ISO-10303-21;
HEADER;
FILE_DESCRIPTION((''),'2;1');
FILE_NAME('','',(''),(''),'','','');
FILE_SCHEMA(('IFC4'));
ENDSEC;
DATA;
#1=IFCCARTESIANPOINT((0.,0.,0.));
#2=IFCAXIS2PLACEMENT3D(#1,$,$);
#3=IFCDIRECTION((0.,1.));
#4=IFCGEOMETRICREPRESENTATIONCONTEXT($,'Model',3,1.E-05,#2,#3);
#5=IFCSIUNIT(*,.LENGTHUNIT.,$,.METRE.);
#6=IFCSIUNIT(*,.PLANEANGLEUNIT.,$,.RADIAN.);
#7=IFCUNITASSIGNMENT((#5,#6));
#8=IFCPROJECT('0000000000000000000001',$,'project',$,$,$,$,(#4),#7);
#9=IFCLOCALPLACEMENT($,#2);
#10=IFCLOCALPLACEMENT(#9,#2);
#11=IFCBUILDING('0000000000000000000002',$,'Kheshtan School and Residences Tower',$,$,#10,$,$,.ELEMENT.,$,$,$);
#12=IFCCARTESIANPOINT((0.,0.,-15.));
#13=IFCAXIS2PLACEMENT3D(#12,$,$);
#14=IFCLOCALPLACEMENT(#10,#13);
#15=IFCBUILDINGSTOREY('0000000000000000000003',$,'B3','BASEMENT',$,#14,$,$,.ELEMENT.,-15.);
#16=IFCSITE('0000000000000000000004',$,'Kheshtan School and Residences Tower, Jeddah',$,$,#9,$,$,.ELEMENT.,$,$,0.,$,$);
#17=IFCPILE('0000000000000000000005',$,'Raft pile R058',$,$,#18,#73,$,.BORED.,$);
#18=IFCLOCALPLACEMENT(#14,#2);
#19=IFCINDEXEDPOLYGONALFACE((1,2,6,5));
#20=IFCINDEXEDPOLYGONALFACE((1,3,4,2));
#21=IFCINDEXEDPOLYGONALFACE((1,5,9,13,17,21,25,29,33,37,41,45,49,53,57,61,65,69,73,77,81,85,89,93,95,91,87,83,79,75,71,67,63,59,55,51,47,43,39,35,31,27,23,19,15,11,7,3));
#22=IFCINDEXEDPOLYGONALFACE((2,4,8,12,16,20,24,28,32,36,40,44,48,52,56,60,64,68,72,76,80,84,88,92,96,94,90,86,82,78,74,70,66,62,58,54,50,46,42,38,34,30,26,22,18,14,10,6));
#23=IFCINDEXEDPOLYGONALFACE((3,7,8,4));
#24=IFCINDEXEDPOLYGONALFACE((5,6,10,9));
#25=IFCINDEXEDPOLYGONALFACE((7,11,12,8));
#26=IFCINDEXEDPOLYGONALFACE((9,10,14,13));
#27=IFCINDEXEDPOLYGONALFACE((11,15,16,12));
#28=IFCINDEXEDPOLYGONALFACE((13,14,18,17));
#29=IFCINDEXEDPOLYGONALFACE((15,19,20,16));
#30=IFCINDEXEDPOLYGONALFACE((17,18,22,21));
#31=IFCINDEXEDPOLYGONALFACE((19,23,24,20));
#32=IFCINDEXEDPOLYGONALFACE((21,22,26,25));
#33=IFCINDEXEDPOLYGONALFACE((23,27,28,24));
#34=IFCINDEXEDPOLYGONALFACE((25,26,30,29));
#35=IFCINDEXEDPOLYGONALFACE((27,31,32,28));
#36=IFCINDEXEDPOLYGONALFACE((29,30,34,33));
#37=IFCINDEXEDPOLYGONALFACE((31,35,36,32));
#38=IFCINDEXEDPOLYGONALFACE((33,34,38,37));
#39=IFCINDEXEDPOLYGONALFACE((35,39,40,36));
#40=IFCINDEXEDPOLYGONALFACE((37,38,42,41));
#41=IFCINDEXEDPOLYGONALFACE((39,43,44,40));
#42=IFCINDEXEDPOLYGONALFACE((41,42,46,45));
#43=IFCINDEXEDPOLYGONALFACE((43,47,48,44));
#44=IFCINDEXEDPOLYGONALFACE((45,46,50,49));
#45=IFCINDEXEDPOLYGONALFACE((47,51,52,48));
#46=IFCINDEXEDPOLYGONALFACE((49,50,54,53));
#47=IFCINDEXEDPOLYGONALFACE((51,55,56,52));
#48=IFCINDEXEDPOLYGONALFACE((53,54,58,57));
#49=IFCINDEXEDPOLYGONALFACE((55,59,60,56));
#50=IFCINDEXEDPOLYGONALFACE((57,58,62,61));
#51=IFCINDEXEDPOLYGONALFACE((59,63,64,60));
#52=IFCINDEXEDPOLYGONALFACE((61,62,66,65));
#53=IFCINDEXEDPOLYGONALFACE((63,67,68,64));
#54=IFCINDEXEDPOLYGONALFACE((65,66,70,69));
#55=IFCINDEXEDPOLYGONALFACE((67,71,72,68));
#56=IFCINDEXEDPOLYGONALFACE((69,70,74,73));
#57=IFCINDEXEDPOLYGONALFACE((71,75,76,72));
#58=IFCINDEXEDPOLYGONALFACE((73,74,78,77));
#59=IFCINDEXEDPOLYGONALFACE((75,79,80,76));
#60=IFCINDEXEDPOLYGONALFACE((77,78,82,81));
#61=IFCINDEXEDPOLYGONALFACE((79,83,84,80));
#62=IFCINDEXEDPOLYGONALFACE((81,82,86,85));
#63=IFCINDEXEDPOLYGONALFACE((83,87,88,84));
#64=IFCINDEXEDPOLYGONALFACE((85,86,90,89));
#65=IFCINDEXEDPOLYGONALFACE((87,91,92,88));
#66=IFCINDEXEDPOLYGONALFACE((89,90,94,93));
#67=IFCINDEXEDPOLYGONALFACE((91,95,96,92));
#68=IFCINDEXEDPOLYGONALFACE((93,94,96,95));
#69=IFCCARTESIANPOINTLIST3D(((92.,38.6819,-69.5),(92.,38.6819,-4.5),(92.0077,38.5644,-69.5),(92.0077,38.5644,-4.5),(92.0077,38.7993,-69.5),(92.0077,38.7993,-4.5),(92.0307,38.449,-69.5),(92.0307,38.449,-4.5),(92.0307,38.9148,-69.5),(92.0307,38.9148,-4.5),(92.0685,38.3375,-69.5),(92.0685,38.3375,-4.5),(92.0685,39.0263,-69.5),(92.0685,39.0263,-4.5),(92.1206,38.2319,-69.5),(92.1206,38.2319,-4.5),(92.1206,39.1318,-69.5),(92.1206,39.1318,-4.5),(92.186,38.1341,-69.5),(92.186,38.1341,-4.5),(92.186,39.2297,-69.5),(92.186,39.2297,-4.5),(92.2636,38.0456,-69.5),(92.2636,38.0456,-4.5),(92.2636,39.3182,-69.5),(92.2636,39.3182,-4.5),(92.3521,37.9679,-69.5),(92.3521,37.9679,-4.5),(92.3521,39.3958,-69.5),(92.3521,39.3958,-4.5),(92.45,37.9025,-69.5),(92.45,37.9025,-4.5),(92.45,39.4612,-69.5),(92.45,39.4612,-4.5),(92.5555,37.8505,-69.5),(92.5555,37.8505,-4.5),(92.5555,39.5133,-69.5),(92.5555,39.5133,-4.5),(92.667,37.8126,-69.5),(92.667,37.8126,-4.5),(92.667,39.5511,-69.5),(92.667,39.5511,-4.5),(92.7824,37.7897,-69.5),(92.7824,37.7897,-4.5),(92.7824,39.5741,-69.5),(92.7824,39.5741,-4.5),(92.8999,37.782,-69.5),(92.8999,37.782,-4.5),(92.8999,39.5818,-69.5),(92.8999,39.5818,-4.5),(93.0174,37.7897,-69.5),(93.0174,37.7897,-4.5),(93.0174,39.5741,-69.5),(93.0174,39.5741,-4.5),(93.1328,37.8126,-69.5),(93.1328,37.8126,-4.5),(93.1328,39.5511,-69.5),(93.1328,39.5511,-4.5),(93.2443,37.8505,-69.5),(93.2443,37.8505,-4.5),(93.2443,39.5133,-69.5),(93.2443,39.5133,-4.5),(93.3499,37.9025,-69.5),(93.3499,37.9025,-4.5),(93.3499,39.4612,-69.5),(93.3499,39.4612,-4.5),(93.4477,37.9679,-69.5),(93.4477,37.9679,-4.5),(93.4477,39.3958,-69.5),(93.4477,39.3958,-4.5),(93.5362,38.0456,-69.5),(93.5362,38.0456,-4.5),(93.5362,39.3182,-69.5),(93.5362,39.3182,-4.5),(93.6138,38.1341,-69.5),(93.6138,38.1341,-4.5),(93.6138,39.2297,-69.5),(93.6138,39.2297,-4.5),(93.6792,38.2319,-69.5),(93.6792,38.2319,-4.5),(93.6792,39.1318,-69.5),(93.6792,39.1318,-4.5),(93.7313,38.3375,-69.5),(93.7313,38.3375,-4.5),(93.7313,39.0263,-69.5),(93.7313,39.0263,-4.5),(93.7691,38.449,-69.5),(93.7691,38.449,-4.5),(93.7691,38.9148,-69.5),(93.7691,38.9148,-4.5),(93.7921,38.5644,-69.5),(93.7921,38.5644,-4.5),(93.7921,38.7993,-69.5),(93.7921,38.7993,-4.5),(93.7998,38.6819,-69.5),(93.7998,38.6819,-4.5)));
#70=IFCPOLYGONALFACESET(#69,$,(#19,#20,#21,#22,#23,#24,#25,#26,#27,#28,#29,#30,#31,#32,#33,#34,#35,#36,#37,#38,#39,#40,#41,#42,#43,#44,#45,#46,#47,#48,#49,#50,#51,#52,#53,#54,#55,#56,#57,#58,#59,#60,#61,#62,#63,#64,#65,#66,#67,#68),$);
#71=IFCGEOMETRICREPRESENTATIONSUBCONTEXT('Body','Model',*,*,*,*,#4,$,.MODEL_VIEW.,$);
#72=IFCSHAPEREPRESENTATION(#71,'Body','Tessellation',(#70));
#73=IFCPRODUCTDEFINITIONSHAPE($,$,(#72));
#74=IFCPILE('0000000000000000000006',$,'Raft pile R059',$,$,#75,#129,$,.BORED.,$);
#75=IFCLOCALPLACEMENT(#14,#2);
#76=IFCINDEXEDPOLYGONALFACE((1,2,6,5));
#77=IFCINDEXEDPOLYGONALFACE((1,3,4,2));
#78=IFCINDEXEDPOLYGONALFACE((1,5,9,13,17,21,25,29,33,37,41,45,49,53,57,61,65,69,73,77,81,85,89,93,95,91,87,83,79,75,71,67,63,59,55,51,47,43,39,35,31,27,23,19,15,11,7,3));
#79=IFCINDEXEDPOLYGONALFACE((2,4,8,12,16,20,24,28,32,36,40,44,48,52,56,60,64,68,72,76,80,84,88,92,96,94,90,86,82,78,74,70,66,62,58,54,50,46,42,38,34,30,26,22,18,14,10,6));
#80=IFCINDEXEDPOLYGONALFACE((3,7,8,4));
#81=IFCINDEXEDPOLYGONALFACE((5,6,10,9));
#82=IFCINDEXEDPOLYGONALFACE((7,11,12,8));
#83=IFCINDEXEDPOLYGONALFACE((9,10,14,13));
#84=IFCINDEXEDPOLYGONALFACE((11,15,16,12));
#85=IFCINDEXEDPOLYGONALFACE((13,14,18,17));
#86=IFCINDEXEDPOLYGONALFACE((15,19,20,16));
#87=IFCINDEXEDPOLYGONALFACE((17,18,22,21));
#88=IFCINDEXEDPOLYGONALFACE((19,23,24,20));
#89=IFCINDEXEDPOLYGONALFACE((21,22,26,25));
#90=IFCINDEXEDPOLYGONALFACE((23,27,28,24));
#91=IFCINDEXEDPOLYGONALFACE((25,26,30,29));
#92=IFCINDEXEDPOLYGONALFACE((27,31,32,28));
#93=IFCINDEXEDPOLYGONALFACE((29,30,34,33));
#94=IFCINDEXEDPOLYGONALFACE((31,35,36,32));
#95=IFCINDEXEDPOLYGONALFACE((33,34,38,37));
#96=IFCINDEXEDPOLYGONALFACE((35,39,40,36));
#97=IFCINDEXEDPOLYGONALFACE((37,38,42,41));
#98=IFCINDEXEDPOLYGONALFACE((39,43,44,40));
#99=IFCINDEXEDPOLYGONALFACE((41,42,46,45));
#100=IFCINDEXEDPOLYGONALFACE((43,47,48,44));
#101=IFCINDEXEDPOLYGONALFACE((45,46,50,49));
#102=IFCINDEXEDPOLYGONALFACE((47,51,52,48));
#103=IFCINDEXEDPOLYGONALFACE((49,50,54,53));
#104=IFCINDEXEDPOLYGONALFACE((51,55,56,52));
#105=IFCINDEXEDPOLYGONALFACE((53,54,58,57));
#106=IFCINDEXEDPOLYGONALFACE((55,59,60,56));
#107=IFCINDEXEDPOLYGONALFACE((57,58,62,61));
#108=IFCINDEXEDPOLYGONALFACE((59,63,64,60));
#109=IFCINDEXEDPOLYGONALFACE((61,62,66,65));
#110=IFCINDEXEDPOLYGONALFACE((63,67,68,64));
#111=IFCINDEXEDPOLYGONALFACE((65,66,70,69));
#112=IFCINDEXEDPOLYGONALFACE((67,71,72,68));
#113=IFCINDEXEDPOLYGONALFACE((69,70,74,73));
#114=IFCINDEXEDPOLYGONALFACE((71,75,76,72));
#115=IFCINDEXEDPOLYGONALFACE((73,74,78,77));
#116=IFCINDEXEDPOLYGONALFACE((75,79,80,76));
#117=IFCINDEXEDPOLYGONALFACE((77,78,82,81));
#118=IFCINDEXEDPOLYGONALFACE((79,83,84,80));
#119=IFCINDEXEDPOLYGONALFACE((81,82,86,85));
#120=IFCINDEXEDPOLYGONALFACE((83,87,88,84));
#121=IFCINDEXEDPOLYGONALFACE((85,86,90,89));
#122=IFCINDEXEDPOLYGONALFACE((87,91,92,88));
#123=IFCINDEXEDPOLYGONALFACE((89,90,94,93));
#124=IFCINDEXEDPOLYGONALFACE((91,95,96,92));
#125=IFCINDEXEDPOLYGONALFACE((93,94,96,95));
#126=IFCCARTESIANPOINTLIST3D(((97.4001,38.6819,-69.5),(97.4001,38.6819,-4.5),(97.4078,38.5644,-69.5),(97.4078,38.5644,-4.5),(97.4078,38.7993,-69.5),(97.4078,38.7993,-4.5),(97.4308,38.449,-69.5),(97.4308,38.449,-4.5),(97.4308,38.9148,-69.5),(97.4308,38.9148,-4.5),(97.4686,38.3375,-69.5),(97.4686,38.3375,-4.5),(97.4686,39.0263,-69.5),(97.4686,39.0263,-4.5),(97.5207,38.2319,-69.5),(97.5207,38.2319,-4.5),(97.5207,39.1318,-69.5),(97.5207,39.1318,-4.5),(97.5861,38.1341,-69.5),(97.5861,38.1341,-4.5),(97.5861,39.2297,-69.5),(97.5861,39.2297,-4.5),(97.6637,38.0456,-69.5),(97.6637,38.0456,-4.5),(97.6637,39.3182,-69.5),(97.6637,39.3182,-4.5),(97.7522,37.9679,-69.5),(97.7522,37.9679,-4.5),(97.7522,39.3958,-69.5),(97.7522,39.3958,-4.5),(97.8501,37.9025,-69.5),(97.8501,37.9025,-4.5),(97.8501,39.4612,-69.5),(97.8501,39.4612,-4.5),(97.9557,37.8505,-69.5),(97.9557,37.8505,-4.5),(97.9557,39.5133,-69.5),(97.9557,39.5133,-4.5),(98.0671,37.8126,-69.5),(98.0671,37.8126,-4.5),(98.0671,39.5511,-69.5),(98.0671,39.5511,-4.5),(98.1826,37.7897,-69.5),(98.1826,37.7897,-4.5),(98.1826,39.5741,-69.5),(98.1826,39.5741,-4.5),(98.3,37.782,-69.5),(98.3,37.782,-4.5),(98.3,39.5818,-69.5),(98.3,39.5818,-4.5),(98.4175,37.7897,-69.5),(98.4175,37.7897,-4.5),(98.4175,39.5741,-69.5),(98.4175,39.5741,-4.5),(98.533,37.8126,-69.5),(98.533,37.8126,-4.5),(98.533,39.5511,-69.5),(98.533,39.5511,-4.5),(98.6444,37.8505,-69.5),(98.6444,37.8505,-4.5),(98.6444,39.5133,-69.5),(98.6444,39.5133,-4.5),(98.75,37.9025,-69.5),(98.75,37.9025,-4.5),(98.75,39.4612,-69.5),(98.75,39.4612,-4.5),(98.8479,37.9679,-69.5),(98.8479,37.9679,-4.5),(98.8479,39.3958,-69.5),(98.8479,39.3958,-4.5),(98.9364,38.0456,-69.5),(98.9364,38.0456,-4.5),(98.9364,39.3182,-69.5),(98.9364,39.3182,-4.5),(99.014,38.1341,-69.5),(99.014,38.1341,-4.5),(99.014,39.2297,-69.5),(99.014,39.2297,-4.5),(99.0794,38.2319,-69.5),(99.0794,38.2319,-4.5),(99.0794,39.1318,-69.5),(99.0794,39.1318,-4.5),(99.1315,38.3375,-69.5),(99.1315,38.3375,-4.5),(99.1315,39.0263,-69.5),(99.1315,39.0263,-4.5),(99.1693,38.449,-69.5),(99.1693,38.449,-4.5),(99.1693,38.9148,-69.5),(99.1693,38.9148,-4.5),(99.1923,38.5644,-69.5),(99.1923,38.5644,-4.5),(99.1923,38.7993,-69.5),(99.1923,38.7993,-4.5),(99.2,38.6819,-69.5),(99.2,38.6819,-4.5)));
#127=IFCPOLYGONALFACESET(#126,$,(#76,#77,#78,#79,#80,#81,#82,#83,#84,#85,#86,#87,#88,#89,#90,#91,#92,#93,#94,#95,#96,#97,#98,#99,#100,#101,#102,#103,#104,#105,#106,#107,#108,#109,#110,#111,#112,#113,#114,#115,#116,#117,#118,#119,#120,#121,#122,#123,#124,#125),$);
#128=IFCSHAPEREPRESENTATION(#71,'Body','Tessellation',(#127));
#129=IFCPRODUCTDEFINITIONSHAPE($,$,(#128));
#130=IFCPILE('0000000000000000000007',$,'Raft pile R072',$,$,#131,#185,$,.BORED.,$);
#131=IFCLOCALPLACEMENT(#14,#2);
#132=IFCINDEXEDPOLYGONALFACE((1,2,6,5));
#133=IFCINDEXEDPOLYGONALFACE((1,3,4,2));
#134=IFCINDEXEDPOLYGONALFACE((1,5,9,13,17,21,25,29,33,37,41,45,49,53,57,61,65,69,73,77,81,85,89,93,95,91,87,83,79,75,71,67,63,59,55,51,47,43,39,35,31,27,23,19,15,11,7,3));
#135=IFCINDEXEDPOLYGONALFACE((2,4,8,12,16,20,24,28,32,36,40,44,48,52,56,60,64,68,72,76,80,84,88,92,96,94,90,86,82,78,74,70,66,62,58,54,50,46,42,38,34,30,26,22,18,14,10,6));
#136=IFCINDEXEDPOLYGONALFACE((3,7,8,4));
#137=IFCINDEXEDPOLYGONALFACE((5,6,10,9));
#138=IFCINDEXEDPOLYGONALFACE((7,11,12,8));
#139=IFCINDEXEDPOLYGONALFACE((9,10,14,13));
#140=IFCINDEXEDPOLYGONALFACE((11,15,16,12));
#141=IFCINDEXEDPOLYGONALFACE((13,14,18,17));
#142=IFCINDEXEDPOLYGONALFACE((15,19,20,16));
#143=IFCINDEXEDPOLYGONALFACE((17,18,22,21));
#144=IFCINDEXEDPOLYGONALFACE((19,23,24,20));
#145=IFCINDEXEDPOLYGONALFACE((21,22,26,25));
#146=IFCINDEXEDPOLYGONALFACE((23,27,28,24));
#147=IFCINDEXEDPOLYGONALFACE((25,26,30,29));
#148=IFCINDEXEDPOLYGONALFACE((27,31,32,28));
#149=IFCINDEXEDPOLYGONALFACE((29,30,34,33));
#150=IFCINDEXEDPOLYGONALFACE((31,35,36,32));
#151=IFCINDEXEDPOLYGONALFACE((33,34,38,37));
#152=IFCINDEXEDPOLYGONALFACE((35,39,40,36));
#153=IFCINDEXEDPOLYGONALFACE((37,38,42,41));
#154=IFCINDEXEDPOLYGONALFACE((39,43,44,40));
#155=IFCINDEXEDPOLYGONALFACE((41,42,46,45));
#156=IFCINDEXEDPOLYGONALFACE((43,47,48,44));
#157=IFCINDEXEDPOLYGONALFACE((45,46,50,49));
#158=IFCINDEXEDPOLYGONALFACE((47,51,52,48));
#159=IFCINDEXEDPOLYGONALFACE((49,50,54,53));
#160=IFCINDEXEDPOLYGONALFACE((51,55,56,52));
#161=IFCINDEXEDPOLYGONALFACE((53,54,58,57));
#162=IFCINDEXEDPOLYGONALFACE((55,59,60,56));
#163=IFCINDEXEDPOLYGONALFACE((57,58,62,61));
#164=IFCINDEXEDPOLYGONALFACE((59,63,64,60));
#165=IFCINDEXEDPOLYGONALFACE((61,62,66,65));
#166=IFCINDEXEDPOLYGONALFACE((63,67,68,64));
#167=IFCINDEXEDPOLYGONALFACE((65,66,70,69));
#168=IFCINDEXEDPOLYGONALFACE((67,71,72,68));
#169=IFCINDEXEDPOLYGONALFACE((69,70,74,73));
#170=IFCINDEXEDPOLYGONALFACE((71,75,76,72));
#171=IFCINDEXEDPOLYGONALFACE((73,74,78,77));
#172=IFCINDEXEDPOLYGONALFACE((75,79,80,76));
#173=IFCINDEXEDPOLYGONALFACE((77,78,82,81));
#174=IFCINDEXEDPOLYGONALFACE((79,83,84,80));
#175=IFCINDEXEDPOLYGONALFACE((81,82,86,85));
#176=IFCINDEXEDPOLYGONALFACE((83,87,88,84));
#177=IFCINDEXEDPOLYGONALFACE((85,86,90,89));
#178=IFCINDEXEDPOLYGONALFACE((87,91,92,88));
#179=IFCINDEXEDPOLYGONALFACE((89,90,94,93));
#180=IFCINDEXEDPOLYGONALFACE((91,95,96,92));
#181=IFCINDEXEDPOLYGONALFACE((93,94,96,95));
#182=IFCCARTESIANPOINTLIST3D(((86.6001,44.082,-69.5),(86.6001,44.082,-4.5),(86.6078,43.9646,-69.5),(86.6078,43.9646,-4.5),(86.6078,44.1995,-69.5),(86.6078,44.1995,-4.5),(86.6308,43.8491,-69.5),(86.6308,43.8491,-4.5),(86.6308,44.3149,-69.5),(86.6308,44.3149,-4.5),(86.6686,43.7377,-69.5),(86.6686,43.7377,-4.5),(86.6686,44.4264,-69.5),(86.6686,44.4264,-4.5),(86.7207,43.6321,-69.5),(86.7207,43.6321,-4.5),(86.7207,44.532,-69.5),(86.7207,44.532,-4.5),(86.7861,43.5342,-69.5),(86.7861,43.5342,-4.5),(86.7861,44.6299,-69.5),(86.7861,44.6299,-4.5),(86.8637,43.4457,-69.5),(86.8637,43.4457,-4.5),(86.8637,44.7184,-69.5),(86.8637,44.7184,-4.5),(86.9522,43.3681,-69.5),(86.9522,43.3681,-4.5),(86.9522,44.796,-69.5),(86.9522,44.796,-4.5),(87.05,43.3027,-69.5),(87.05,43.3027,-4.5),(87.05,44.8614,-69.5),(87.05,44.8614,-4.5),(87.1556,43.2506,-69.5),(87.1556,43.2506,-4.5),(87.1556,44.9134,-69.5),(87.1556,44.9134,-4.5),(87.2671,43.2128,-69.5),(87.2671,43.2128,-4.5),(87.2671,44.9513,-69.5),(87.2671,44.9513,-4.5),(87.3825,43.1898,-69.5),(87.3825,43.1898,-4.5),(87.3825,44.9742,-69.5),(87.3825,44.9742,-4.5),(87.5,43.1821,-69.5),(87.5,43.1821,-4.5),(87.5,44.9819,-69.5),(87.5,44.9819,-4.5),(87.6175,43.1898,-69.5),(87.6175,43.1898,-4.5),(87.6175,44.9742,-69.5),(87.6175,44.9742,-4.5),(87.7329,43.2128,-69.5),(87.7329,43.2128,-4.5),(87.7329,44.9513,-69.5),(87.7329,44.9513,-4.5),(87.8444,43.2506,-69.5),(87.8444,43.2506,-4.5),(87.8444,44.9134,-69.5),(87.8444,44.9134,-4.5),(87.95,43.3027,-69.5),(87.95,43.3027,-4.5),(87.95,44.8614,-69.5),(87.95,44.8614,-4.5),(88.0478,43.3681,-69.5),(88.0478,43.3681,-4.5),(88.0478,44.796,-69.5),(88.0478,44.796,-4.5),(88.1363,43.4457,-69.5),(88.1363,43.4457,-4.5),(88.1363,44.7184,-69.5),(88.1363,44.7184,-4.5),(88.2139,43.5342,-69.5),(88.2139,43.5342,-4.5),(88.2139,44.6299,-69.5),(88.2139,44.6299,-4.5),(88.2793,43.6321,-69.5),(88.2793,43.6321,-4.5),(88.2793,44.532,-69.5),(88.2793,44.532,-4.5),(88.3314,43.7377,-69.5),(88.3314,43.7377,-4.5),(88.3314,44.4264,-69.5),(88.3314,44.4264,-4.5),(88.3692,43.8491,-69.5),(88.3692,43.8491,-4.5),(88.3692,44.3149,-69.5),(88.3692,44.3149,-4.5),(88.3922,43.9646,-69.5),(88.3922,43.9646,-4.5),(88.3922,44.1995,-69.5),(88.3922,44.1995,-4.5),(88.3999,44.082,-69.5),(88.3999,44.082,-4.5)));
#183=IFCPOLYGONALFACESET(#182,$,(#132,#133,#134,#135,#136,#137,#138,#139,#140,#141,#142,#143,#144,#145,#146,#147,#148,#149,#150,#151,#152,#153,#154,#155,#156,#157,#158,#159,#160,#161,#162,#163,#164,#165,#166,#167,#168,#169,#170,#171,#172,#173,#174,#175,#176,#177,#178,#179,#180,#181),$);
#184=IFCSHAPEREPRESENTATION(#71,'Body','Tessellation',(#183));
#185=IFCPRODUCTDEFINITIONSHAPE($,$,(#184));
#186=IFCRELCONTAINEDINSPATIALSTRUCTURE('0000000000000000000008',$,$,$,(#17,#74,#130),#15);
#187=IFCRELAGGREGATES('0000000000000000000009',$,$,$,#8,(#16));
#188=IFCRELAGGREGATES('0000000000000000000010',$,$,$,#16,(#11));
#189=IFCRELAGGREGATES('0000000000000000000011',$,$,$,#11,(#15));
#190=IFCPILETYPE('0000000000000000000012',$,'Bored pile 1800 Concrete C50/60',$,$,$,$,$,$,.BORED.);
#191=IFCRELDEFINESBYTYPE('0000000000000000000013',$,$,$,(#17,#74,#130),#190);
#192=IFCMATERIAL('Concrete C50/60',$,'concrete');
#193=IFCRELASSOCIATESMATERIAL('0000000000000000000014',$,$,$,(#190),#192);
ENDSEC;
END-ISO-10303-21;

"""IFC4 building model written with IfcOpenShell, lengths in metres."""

from ifc_helpers import new_model, si_unit, direction, frame, origin, origin_2d, place, context, subcontext, project, spatial, circle, extrude, material, material_profile, profile_set, type_object, element, save


model = new_model("IFC4")

# Units and contexts
model_context = context("Model", 3, precision=1e-05, world=origin(), true_north=direction((0.0, 1.0)))
body_context = subcontext(model_context, "Body", "Model", "MODEL_VIEW")
ifc_project = project(units=[si_unit("LENGTHUNIT", "METRE"), si_unit("PLANEANGLEUNIT", "RADIAN")], contexts=[model_context])

# Site, building, storey
site_placement = place(None, origin())
site = spatial("IfcSite", under=ifc_project, at=site_placement, Name="Kheshtan School and Residences Tower, Jeddah", CompositionType="ELEMENT", RefElevation=0.0)
building_placement = place(site_placement, origin())
building = spatial("IfcBuilding", under=site, at=building_placement, Name="Kheshtan School and Residences Tower", CompositionType="ELEMENT")
storey_placement = place(building_placement, frame((0.0, 0.0, -15.0)))
storey = spatial("IfcBuildingStorey", under=building, at=storey_placement, Name="B3", Description="BASEMENT", CompositionType="ELEMENT", Elevation=-15.0)

# Piles
ifc_material_1 = material(Name="Concrete C50/60", Category="concrete")
ifc_material_profile_1 = material_profile(ifc_material_1, circle(Radius=0.8999, at=origin_2d()), Name="BP 1800")
ifc_profile_set_1 = profile_set([ifc_material_profile_1], Name="Concrete C50/60")
pile_type_1 = type_object("IfcPileType", Name="Bored pile 1800 Concrete C50/60", PredefinedType="BORED", material=ifc_profile_set_1)
for number, where, z_axis, x_axis, name in (
    (1, (92.8999, 38.6819, -4.5), (0.0, 0.0, -1.0), (1.0, 0.0, 0.0), "Raft pile R058"),
    (2, (98.3, 38.6819, -4.5), (0.0, 0.0, -1.0), (1.0, 0.0, 0.0), "Raft pile R059"),
    (3, (87.5, 44.082, -4.5), (0.0, 0.0, -1.0), (1.0, 0.0, 0.0), "Raft pile R072"),
):
    element("IfcPile", number, at=place(storey_placement, frame(where, z_axis=z_axis, x_axis=x_axis)), inside=storey, type_object=pile_type_1, Name=name, PredefinedType="BORED", context=body_context, shape_type="SweptSolid", body=[
        extrude(circle(Radius=0.8999, at=origin_2d()), origin(), (0.0, 0.0, 1.0), 65.0),
    ])

save(model, "model.ifc")
